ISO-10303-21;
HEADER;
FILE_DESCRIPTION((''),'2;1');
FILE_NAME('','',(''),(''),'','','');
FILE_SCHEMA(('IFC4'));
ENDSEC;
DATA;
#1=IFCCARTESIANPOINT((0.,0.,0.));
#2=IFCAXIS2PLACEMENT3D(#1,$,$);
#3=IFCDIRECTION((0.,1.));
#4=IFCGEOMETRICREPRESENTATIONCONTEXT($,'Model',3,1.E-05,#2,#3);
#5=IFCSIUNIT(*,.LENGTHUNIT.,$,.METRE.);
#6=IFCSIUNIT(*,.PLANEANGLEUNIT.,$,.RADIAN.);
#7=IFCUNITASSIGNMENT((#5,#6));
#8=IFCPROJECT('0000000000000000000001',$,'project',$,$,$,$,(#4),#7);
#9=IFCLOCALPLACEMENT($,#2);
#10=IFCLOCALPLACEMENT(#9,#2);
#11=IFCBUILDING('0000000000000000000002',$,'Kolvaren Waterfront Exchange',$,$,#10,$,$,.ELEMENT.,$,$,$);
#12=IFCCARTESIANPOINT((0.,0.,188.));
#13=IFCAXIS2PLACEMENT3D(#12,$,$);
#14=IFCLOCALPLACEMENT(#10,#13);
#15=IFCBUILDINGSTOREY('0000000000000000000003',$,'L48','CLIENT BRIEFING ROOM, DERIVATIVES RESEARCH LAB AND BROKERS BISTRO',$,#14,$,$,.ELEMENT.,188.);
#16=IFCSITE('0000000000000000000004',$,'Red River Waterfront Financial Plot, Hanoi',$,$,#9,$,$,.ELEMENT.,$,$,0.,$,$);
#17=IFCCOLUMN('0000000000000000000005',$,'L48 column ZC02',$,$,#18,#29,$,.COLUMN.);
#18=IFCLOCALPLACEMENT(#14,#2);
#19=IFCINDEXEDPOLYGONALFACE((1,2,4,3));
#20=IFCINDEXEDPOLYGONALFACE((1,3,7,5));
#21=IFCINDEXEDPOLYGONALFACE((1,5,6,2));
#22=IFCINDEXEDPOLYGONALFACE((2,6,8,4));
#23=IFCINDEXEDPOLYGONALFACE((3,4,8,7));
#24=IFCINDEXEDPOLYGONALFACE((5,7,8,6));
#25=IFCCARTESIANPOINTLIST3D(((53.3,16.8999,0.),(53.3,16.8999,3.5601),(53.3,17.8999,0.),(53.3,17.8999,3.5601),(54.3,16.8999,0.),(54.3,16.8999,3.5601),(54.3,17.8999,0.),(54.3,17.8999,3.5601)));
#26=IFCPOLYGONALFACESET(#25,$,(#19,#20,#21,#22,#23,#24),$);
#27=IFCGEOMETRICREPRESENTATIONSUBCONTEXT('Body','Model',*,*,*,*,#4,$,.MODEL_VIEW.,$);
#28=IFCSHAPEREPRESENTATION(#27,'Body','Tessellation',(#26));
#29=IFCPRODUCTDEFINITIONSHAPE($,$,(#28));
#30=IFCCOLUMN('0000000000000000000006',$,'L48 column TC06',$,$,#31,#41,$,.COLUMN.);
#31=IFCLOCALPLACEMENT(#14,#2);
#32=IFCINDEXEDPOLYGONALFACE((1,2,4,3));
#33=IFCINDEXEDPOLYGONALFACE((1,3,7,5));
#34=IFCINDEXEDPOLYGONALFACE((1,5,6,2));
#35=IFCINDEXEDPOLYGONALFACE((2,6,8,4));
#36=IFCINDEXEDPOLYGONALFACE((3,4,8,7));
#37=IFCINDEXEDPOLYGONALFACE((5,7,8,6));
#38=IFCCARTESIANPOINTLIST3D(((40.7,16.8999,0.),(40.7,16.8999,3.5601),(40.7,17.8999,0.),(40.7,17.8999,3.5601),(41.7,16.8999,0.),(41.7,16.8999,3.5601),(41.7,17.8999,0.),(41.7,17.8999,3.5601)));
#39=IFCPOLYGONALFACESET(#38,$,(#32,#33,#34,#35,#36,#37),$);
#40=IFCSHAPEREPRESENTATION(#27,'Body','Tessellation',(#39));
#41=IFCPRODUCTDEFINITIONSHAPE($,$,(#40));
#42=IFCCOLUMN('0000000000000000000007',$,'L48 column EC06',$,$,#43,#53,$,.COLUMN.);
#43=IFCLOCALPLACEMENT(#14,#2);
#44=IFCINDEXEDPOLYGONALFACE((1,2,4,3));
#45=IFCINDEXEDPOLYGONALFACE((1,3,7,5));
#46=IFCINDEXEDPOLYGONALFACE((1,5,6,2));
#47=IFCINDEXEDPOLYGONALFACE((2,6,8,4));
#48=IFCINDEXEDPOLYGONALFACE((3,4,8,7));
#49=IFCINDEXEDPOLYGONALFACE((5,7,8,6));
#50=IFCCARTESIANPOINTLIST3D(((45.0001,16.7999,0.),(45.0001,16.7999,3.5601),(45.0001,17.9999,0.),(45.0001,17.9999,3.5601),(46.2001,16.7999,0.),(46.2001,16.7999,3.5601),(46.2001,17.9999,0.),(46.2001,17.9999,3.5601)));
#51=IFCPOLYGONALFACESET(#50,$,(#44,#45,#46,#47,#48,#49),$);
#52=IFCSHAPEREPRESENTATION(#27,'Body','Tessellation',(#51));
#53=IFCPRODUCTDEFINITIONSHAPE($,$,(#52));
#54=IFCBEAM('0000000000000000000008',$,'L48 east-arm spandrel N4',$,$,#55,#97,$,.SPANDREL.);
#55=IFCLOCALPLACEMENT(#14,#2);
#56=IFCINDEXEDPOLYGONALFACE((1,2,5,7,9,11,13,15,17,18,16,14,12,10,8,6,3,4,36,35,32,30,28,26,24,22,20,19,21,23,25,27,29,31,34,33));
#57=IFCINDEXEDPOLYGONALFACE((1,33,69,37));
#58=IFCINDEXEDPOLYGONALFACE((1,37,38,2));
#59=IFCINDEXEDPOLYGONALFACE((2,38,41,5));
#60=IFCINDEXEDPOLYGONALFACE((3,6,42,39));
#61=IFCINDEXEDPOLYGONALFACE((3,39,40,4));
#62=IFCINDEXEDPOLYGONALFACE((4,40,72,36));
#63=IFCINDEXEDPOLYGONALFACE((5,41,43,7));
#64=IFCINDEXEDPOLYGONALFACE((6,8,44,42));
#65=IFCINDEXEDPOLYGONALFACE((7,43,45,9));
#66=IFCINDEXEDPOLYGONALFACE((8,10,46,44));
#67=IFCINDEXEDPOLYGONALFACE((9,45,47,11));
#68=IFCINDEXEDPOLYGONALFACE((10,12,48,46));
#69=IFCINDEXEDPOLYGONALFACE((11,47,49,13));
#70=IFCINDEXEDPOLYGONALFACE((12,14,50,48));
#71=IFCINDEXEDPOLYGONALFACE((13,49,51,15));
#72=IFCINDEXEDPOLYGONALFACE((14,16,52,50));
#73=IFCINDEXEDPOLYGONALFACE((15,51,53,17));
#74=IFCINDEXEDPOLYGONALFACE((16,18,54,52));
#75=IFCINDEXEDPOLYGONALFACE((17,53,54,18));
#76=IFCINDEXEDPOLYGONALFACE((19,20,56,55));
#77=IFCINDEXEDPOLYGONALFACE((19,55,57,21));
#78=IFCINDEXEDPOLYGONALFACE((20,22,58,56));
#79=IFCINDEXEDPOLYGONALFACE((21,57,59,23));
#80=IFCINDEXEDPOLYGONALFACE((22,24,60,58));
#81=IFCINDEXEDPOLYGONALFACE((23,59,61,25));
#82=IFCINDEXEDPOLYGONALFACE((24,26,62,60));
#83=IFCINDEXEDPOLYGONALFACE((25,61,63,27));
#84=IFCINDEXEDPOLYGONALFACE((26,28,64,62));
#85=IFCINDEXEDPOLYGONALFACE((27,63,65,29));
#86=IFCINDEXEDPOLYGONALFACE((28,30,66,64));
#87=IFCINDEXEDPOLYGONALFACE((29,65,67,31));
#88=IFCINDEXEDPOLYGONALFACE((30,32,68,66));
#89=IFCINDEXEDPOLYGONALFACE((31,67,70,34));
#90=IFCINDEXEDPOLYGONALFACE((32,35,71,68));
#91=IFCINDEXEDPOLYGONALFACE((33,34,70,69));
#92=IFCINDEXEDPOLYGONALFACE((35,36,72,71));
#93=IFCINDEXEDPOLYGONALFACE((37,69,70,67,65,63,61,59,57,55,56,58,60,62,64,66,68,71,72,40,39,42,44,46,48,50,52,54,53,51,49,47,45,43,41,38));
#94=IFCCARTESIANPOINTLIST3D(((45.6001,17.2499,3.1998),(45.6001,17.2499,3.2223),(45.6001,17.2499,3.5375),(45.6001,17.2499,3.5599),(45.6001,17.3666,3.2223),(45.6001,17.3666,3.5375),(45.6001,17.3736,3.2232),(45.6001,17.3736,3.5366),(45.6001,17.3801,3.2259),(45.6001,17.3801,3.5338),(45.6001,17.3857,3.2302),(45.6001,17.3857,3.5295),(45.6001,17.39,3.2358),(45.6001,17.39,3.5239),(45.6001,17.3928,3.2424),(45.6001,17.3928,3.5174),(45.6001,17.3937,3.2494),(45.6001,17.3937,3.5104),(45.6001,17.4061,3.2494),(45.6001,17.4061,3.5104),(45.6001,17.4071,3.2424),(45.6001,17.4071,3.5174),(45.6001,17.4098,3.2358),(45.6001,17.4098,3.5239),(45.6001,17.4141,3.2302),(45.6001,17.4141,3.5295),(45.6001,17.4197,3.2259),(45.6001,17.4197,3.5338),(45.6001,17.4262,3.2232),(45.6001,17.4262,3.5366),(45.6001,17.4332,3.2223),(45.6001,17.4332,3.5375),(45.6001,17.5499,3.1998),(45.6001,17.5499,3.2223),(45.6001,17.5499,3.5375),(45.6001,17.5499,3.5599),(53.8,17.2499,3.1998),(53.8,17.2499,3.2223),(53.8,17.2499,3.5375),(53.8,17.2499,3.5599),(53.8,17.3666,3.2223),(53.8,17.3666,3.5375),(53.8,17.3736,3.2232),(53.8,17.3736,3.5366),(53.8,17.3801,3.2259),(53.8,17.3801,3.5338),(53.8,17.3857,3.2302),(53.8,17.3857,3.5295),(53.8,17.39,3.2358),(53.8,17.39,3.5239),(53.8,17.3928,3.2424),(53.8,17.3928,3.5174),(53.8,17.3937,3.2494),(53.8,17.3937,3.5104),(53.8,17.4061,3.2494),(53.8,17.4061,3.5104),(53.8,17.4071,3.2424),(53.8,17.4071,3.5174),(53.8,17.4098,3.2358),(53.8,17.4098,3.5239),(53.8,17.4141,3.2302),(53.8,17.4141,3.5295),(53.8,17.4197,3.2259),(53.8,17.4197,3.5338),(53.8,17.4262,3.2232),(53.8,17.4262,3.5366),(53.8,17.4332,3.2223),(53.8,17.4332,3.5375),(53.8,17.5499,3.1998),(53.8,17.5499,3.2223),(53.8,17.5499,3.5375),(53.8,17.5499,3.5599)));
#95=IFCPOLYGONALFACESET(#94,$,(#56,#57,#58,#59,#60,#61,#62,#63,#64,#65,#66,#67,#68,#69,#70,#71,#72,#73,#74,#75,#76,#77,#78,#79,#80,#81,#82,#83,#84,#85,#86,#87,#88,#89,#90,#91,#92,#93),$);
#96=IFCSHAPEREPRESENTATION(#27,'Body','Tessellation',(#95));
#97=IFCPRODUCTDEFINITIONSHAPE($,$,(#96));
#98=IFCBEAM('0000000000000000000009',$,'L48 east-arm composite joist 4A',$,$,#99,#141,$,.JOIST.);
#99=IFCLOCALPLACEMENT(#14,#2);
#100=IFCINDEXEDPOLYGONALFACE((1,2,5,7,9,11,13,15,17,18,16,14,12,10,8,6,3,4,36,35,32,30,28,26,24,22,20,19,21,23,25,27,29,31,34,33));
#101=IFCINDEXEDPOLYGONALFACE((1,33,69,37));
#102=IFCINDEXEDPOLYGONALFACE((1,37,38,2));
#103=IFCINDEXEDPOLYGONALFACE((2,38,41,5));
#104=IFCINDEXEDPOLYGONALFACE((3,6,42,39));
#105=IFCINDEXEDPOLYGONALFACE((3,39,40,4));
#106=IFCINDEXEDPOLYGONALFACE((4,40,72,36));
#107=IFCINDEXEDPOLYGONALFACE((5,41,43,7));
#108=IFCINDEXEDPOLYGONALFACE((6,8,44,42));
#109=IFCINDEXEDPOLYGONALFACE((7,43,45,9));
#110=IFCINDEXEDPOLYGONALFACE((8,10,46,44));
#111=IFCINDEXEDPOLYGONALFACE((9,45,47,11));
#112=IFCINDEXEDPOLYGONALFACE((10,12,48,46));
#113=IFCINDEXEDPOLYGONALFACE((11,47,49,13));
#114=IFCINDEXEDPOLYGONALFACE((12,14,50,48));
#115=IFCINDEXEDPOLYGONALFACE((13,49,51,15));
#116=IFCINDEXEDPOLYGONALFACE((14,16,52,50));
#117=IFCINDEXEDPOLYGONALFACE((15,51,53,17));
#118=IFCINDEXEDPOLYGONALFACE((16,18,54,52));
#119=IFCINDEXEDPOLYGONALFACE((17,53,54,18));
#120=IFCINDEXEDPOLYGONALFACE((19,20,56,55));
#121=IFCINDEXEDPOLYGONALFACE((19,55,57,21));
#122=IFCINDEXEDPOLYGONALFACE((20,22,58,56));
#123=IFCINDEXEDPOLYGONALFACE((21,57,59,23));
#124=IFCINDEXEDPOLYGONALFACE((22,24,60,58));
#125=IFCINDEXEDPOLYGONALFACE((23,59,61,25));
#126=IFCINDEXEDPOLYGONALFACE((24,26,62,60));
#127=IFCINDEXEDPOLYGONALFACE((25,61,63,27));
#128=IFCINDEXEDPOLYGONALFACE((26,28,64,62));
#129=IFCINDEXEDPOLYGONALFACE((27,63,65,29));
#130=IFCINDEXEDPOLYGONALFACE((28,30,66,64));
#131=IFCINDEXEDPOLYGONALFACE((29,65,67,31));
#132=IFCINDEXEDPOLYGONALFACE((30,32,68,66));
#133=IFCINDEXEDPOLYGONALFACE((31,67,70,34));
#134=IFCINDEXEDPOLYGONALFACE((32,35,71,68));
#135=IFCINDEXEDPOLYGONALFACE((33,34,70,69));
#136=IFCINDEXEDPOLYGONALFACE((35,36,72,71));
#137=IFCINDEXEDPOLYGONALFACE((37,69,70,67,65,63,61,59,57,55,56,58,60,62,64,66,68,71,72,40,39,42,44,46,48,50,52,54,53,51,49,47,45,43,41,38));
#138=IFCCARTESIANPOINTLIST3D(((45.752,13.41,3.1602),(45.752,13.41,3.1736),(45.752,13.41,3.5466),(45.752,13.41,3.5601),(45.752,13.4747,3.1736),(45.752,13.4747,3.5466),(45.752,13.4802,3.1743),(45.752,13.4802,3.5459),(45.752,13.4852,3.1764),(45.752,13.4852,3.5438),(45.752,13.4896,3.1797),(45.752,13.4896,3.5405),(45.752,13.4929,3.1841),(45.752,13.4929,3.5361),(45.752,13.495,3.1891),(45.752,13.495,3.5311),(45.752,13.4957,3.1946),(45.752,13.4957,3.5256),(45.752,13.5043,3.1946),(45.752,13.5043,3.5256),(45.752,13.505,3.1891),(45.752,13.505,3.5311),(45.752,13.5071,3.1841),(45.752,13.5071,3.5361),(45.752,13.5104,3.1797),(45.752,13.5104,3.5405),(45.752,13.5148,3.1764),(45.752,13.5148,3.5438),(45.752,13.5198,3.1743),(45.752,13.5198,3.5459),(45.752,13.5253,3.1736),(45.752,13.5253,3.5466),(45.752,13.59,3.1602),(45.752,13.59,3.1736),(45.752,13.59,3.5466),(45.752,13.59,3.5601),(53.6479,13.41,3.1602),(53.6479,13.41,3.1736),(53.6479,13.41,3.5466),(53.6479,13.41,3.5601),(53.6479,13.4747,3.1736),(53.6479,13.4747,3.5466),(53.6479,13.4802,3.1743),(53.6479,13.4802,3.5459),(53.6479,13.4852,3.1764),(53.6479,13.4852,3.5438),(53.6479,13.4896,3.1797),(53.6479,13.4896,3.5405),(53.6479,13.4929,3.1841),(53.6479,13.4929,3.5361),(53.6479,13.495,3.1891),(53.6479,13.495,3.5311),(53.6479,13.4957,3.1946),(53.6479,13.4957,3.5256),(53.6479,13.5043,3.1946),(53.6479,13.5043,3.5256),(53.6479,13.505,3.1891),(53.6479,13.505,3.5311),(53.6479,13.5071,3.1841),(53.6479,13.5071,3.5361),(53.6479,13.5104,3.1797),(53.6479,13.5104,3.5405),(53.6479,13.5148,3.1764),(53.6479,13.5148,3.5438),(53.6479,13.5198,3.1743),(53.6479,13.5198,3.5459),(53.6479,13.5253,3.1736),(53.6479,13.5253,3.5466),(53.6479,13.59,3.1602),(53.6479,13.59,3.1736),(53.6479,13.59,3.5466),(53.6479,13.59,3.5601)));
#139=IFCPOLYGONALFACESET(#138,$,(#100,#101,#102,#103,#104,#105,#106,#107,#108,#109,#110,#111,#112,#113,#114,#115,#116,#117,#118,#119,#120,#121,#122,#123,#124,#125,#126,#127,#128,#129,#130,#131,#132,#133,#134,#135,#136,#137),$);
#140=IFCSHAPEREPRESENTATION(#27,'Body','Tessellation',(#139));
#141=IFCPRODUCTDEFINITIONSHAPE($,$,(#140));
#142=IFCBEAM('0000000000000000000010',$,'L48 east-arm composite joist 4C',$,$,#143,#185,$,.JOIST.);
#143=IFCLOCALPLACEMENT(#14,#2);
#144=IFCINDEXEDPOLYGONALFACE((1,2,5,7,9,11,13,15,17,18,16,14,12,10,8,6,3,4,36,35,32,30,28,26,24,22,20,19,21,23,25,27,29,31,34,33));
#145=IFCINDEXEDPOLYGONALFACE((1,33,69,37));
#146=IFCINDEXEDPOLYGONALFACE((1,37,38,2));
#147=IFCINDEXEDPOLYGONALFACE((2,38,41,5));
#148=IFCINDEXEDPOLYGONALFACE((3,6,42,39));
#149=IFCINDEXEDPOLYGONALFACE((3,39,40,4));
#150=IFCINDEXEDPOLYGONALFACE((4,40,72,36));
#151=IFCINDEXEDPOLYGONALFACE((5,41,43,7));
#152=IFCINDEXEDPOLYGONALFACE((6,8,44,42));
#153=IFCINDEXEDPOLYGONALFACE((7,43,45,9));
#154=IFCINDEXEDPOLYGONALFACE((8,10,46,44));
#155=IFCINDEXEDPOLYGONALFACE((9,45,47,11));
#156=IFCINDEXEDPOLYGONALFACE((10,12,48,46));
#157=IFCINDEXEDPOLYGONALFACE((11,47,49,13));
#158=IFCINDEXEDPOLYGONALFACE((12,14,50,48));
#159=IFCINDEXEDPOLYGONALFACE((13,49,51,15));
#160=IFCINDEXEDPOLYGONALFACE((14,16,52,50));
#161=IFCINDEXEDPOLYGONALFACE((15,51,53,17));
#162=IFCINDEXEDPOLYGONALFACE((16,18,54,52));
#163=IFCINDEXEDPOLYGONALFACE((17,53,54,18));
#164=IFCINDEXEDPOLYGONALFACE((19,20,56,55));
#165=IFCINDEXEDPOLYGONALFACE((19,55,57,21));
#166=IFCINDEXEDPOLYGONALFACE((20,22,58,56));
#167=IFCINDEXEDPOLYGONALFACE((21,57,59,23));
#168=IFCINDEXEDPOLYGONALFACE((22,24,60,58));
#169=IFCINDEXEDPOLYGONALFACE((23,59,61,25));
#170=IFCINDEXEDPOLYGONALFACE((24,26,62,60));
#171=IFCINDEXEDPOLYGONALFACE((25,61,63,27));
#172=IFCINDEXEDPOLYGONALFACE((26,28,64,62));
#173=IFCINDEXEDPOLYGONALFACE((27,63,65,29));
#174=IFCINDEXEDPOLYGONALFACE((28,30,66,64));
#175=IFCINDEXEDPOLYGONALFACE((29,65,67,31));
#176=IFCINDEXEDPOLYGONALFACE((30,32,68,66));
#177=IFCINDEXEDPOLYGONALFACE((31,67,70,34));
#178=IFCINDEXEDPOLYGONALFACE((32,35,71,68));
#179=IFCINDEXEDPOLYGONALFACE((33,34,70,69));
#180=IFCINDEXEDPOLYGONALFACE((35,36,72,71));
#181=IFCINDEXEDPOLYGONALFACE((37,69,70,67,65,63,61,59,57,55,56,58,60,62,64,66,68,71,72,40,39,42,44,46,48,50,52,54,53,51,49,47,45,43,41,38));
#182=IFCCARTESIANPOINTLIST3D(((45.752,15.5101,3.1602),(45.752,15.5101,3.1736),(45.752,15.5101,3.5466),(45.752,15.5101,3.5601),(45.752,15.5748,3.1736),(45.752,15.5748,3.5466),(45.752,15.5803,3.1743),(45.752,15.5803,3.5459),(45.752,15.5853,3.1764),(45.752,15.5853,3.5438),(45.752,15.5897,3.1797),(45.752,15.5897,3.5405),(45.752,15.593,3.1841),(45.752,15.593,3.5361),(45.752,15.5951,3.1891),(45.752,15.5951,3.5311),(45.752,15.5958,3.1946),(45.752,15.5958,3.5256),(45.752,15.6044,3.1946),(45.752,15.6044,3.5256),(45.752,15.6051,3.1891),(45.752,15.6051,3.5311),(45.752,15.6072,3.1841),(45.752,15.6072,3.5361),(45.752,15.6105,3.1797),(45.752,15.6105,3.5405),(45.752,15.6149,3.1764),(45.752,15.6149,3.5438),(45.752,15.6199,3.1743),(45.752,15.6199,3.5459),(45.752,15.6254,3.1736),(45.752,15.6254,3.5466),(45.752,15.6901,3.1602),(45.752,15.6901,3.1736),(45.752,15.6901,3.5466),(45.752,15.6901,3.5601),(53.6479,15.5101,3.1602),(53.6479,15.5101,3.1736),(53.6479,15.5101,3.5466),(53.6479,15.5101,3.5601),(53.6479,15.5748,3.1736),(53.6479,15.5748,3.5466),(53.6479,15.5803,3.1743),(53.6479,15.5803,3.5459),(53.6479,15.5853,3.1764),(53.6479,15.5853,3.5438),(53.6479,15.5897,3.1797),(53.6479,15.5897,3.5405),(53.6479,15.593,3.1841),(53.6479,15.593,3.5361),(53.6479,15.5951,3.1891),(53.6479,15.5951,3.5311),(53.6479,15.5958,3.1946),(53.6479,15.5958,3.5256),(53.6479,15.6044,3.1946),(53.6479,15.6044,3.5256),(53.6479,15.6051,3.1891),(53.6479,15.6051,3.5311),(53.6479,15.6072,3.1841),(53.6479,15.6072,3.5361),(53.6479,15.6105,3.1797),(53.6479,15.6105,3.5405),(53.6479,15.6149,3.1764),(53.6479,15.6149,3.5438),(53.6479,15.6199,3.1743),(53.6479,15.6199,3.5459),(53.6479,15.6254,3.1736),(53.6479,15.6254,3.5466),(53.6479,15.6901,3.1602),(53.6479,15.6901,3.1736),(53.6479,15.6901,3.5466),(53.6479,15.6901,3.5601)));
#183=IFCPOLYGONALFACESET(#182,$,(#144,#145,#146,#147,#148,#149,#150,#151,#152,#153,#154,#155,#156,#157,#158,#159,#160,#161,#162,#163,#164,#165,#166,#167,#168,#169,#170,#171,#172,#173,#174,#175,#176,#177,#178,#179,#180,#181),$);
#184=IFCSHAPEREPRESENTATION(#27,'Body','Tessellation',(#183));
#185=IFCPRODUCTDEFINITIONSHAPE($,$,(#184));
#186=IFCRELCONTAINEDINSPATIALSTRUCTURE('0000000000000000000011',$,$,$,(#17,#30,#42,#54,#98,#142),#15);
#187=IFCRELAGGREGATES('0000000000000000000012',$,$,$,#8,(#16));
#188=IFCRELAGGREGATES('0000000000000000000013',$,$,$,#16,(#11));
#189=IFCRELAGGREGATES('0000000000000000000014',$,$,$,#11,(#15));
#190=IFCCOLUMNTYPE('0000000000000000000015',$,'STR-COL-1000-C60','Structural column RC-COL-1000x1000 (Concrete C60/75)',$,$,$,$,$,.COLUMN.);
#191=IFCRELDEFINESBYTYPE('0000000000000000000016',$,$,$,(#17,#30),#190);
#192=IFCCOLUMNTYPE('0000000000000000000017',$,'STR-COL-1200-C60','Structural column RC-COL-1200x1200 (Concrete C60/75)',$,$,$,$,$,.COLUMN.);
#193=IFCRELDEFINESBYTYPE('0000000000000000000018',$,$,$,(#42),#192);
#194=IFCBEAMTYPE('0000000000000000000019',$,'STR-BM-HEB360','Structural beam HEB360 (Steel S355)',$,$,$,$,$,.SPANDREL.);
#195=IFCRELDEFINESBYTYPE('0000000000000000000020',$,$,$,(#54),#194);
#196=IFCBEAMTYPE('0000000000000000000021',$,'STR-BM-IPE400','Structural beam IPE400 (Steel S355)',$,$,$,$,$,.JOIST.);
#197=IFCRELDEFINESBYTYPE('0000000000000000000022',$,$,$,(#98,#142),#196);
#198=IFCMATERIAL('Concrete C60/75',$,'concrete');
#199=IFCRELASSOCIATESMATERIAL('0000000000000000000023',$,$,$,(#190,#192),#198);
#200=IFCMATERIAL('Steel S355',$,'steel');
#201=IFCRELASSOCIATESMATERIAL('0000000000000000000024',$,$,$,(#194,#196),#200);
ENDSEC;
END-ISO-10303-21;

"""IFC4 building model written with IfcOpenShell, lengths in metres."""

from ifc_helpers import new_model, si_unit, direction, frame, origin, origin_2d, place, context, subcontext, project, spatial, rectangle, i_section, extrude, material, material_profile, profile_set, type_object, element, save


model = new_model("IFC4")

# Units and contexts
model_context = context("Model", 3, precision=1e-05, world=origin(), true_north=direction((0.0, 1.0)))
body_context = subcontext(model_context, "Body", "Model", "MODEL_VIEW")
ifc_project = project(units=[si_unit("LENGTHUNIT", "METRE"), si_unit("PLANEANGLEUNIT", "RADIAN")], contexts=[model_context])

# Site, building, storey
site_placement = place(None, origin())
site = spatial("IfcSite", under=ifc_project, at=site_placement, Name="Red River Waterfront Financial Plot, Hanoi", CompositionType="ELEMENT", RefElevation=0.0)
building_placement = place(site_placement, origin())
building = spatial("IfcBuilding", under=site, at=building_placement, Name="Kolvaren Waterfront Exchange", CompositionType="ELEMENT")
storey_placement = place(building_placement, frame((0.0, 0.0, 188.0)))
storey = spatial("IfcBuildingStorey", under=building, at=storey_placement, Name="L48", Description="CLIENT BRIEFING ROOM, DERIVATIVES RESEARCH LAB AND BROKERS BISTRO", CompositionType="ELEMENT", Elevation=188.0)

# Columns
ifc_material_1 = material(Name="Concrete C60/75", Category="concrete")
ifc_material_profile_1 = material_profile(ifc_material_1, rectangle(XDim=1.0, YDim=1.0, at=origin_2d()), Name="RC-COL-1000x1000")
ifc_profile_set_1 = profile_set([ifc_material_profile_1], Name="Concrete C60/75")
column_type_1 = type_object("IfcColumnType", Name="STR-COL-1000-C60", Description="Structural column RC-COL-1000x1000 (Concrete C60/75)", PredefinedType="COLUMN", material=ifc_profile_set_1)
for number, where, z_axis, x_axis, name in (
    (1, (53.8, 17.3999, 0.0), (0.0, 0.0, 1.0), (1.0, 0.0, 0.0), "L48 column ZC02"),
    (2, (41.2, 17.3999, 0.0), (0.0, 0.0, 1.0), (1.0, 0.0, 0.0), "L48 column TC06"),
):
    element("IfcColumn", number, at=place(storey_placement, frame(where, z_axis=z_axis, x_axis=x_axis)), inside=storey, type_object=column_type_1, Name=name, PredefinedType="COLUMN", context=body_context, shape_type="SweptSolid", body=[
        extrude(rectangle(XDim=1.0, YDim=1.0, at=origin_2d()), origin(), (0.0, 0.0, 1.0), 3.5601),
    ])
ifc_material_profile_2 = material_profile(ifc_material_1, rectangle(XDim=1.2, YDim=1.2, at=origin_2d()), Name="RC-COL-1200x1200")
ifc_profile_set_2 = profile_set([ifc_material_profile_2], Name="Concrete C60/75")
column_type_2 = type_object("IfcColumnType", Name="STR-COL-1200-C60", Description="Structural column RC-COL-1200x1200 (Concrete C60/75)", PredefinedType="COLUMN", material=ifc_profile_set_2)
column_placement = place(storey_placement, frame((45.6001, 17.3999, 0.0), z_axis=(0.0, 0.0, 1.0), x_axis=(1.0, 0.0, 0.0)))
element("IfcColumn", 3, at=column_placement, inside=storey, type_object=column_type_2, Name="L48 column EC06", PredefinedType="COLUMN", context=body_context, shape_type="SweptSolid", body=[
    extrude(rectangle(XDim=1.2, YDim=1.2, at=origin_2d()), origin(), (0.0, 0.0, 1.0), 3.5601),
])

# Beams
ifc_material_2 = material(Name="Steel S355", Category="steel")
ifc_material_profile_3 = material_profile(ifc_material_2, i_section(OverallWidth=0.3, OverallDepth=0.3601, WebThickness=0.0125, FlangeThickness=0.0225, FilletRadius=0.0271, at=origin_2d()), Name="HEB360")
ifc_profile_set_3 = profile_set([ifc_material_profile_3], Name="Steel S355")
beam_type_1 = type_object("IfcBeamType", Name="STR-BM-HEB360", Description="Structural beam HEB360 (Steel S355)", PredefinedType="SPANDREL", material=ifc_profile_set_3)
beam_placement = place(storey_placement, frame((45.6001, 17.3999, 3.3799), z_axis=(1.0, 0.0, 0.0), x_axis=(0.0, 1.0, 0.0)))
element("IfcBeam", 4, at=beam_placement, inside=storey, type_object=beam_type_1, Name="L48 east-arm spandrel N4", PredefinedType="SPANDREL", context=body_context, shape_type="SweptSolid", body=[
    extrude(i_section(OverallWidth=0.3, OverallDepth=0.3601, WebThickness=0.0125, FlangeThickness=0.0225, FilletRadius=0.0271, at=origin_2d()), origin(), (0.0, 0.0, 1.0), 8.2),
])
ifc_material_profile_4 = material_profile(ifc_material_2, i_section(OverallWidth=0.1799, OverallDepth=0.3999, WebThickness=0.0085, FlangeThickness=0.0134, FilletRadius=0.021, at=origin_2d()), Name="IPE400")
ifc_profile_set_4 = profile_set([ifc_material_profile_4], Name="Steel S355")
beam_type_2 = type_object("IfcBeamType", Name="STR-BM-IPE400", Description="Structural beam IPE400 (Steel S355)", PredefinedType="JOIST", material=ifc_profile_set_4)
for number, where, z_axis, x_axis, name in (
    (5, (45.752, 13.5, 3.3601), (1.0, 0.0, 0.0), (0.0, 1.0, 0.0), "L48 east-arm composite joist 4A"),
    (6, (45.752, 15.6001, 3.3601), (1.0, 0.0, 0.0), (0.0, 1.0, 0.0), "L48 east-arm composite joist 4C"),
):
    element("IfcBeam", number, at=place(storey_placement, frame(where, z_axis=z_axis, x_axis=x_axis)), inside=storey, type_object=beam_type_2, Name=name, PredefinedType="JOIST", context=body_context, shape_type="SweptSolid", body=[
        extrude(i_section(OverallWidth=0.1799, OverallDepth=0.3999, WebThickness=0.0085, FlangeThickness=0.0134, FilletRadius=0.021, at=origin_2d()), origin(), (0.0, 0.0, 1.0), 7.896),
    ])

save(model, "model.ifc")
